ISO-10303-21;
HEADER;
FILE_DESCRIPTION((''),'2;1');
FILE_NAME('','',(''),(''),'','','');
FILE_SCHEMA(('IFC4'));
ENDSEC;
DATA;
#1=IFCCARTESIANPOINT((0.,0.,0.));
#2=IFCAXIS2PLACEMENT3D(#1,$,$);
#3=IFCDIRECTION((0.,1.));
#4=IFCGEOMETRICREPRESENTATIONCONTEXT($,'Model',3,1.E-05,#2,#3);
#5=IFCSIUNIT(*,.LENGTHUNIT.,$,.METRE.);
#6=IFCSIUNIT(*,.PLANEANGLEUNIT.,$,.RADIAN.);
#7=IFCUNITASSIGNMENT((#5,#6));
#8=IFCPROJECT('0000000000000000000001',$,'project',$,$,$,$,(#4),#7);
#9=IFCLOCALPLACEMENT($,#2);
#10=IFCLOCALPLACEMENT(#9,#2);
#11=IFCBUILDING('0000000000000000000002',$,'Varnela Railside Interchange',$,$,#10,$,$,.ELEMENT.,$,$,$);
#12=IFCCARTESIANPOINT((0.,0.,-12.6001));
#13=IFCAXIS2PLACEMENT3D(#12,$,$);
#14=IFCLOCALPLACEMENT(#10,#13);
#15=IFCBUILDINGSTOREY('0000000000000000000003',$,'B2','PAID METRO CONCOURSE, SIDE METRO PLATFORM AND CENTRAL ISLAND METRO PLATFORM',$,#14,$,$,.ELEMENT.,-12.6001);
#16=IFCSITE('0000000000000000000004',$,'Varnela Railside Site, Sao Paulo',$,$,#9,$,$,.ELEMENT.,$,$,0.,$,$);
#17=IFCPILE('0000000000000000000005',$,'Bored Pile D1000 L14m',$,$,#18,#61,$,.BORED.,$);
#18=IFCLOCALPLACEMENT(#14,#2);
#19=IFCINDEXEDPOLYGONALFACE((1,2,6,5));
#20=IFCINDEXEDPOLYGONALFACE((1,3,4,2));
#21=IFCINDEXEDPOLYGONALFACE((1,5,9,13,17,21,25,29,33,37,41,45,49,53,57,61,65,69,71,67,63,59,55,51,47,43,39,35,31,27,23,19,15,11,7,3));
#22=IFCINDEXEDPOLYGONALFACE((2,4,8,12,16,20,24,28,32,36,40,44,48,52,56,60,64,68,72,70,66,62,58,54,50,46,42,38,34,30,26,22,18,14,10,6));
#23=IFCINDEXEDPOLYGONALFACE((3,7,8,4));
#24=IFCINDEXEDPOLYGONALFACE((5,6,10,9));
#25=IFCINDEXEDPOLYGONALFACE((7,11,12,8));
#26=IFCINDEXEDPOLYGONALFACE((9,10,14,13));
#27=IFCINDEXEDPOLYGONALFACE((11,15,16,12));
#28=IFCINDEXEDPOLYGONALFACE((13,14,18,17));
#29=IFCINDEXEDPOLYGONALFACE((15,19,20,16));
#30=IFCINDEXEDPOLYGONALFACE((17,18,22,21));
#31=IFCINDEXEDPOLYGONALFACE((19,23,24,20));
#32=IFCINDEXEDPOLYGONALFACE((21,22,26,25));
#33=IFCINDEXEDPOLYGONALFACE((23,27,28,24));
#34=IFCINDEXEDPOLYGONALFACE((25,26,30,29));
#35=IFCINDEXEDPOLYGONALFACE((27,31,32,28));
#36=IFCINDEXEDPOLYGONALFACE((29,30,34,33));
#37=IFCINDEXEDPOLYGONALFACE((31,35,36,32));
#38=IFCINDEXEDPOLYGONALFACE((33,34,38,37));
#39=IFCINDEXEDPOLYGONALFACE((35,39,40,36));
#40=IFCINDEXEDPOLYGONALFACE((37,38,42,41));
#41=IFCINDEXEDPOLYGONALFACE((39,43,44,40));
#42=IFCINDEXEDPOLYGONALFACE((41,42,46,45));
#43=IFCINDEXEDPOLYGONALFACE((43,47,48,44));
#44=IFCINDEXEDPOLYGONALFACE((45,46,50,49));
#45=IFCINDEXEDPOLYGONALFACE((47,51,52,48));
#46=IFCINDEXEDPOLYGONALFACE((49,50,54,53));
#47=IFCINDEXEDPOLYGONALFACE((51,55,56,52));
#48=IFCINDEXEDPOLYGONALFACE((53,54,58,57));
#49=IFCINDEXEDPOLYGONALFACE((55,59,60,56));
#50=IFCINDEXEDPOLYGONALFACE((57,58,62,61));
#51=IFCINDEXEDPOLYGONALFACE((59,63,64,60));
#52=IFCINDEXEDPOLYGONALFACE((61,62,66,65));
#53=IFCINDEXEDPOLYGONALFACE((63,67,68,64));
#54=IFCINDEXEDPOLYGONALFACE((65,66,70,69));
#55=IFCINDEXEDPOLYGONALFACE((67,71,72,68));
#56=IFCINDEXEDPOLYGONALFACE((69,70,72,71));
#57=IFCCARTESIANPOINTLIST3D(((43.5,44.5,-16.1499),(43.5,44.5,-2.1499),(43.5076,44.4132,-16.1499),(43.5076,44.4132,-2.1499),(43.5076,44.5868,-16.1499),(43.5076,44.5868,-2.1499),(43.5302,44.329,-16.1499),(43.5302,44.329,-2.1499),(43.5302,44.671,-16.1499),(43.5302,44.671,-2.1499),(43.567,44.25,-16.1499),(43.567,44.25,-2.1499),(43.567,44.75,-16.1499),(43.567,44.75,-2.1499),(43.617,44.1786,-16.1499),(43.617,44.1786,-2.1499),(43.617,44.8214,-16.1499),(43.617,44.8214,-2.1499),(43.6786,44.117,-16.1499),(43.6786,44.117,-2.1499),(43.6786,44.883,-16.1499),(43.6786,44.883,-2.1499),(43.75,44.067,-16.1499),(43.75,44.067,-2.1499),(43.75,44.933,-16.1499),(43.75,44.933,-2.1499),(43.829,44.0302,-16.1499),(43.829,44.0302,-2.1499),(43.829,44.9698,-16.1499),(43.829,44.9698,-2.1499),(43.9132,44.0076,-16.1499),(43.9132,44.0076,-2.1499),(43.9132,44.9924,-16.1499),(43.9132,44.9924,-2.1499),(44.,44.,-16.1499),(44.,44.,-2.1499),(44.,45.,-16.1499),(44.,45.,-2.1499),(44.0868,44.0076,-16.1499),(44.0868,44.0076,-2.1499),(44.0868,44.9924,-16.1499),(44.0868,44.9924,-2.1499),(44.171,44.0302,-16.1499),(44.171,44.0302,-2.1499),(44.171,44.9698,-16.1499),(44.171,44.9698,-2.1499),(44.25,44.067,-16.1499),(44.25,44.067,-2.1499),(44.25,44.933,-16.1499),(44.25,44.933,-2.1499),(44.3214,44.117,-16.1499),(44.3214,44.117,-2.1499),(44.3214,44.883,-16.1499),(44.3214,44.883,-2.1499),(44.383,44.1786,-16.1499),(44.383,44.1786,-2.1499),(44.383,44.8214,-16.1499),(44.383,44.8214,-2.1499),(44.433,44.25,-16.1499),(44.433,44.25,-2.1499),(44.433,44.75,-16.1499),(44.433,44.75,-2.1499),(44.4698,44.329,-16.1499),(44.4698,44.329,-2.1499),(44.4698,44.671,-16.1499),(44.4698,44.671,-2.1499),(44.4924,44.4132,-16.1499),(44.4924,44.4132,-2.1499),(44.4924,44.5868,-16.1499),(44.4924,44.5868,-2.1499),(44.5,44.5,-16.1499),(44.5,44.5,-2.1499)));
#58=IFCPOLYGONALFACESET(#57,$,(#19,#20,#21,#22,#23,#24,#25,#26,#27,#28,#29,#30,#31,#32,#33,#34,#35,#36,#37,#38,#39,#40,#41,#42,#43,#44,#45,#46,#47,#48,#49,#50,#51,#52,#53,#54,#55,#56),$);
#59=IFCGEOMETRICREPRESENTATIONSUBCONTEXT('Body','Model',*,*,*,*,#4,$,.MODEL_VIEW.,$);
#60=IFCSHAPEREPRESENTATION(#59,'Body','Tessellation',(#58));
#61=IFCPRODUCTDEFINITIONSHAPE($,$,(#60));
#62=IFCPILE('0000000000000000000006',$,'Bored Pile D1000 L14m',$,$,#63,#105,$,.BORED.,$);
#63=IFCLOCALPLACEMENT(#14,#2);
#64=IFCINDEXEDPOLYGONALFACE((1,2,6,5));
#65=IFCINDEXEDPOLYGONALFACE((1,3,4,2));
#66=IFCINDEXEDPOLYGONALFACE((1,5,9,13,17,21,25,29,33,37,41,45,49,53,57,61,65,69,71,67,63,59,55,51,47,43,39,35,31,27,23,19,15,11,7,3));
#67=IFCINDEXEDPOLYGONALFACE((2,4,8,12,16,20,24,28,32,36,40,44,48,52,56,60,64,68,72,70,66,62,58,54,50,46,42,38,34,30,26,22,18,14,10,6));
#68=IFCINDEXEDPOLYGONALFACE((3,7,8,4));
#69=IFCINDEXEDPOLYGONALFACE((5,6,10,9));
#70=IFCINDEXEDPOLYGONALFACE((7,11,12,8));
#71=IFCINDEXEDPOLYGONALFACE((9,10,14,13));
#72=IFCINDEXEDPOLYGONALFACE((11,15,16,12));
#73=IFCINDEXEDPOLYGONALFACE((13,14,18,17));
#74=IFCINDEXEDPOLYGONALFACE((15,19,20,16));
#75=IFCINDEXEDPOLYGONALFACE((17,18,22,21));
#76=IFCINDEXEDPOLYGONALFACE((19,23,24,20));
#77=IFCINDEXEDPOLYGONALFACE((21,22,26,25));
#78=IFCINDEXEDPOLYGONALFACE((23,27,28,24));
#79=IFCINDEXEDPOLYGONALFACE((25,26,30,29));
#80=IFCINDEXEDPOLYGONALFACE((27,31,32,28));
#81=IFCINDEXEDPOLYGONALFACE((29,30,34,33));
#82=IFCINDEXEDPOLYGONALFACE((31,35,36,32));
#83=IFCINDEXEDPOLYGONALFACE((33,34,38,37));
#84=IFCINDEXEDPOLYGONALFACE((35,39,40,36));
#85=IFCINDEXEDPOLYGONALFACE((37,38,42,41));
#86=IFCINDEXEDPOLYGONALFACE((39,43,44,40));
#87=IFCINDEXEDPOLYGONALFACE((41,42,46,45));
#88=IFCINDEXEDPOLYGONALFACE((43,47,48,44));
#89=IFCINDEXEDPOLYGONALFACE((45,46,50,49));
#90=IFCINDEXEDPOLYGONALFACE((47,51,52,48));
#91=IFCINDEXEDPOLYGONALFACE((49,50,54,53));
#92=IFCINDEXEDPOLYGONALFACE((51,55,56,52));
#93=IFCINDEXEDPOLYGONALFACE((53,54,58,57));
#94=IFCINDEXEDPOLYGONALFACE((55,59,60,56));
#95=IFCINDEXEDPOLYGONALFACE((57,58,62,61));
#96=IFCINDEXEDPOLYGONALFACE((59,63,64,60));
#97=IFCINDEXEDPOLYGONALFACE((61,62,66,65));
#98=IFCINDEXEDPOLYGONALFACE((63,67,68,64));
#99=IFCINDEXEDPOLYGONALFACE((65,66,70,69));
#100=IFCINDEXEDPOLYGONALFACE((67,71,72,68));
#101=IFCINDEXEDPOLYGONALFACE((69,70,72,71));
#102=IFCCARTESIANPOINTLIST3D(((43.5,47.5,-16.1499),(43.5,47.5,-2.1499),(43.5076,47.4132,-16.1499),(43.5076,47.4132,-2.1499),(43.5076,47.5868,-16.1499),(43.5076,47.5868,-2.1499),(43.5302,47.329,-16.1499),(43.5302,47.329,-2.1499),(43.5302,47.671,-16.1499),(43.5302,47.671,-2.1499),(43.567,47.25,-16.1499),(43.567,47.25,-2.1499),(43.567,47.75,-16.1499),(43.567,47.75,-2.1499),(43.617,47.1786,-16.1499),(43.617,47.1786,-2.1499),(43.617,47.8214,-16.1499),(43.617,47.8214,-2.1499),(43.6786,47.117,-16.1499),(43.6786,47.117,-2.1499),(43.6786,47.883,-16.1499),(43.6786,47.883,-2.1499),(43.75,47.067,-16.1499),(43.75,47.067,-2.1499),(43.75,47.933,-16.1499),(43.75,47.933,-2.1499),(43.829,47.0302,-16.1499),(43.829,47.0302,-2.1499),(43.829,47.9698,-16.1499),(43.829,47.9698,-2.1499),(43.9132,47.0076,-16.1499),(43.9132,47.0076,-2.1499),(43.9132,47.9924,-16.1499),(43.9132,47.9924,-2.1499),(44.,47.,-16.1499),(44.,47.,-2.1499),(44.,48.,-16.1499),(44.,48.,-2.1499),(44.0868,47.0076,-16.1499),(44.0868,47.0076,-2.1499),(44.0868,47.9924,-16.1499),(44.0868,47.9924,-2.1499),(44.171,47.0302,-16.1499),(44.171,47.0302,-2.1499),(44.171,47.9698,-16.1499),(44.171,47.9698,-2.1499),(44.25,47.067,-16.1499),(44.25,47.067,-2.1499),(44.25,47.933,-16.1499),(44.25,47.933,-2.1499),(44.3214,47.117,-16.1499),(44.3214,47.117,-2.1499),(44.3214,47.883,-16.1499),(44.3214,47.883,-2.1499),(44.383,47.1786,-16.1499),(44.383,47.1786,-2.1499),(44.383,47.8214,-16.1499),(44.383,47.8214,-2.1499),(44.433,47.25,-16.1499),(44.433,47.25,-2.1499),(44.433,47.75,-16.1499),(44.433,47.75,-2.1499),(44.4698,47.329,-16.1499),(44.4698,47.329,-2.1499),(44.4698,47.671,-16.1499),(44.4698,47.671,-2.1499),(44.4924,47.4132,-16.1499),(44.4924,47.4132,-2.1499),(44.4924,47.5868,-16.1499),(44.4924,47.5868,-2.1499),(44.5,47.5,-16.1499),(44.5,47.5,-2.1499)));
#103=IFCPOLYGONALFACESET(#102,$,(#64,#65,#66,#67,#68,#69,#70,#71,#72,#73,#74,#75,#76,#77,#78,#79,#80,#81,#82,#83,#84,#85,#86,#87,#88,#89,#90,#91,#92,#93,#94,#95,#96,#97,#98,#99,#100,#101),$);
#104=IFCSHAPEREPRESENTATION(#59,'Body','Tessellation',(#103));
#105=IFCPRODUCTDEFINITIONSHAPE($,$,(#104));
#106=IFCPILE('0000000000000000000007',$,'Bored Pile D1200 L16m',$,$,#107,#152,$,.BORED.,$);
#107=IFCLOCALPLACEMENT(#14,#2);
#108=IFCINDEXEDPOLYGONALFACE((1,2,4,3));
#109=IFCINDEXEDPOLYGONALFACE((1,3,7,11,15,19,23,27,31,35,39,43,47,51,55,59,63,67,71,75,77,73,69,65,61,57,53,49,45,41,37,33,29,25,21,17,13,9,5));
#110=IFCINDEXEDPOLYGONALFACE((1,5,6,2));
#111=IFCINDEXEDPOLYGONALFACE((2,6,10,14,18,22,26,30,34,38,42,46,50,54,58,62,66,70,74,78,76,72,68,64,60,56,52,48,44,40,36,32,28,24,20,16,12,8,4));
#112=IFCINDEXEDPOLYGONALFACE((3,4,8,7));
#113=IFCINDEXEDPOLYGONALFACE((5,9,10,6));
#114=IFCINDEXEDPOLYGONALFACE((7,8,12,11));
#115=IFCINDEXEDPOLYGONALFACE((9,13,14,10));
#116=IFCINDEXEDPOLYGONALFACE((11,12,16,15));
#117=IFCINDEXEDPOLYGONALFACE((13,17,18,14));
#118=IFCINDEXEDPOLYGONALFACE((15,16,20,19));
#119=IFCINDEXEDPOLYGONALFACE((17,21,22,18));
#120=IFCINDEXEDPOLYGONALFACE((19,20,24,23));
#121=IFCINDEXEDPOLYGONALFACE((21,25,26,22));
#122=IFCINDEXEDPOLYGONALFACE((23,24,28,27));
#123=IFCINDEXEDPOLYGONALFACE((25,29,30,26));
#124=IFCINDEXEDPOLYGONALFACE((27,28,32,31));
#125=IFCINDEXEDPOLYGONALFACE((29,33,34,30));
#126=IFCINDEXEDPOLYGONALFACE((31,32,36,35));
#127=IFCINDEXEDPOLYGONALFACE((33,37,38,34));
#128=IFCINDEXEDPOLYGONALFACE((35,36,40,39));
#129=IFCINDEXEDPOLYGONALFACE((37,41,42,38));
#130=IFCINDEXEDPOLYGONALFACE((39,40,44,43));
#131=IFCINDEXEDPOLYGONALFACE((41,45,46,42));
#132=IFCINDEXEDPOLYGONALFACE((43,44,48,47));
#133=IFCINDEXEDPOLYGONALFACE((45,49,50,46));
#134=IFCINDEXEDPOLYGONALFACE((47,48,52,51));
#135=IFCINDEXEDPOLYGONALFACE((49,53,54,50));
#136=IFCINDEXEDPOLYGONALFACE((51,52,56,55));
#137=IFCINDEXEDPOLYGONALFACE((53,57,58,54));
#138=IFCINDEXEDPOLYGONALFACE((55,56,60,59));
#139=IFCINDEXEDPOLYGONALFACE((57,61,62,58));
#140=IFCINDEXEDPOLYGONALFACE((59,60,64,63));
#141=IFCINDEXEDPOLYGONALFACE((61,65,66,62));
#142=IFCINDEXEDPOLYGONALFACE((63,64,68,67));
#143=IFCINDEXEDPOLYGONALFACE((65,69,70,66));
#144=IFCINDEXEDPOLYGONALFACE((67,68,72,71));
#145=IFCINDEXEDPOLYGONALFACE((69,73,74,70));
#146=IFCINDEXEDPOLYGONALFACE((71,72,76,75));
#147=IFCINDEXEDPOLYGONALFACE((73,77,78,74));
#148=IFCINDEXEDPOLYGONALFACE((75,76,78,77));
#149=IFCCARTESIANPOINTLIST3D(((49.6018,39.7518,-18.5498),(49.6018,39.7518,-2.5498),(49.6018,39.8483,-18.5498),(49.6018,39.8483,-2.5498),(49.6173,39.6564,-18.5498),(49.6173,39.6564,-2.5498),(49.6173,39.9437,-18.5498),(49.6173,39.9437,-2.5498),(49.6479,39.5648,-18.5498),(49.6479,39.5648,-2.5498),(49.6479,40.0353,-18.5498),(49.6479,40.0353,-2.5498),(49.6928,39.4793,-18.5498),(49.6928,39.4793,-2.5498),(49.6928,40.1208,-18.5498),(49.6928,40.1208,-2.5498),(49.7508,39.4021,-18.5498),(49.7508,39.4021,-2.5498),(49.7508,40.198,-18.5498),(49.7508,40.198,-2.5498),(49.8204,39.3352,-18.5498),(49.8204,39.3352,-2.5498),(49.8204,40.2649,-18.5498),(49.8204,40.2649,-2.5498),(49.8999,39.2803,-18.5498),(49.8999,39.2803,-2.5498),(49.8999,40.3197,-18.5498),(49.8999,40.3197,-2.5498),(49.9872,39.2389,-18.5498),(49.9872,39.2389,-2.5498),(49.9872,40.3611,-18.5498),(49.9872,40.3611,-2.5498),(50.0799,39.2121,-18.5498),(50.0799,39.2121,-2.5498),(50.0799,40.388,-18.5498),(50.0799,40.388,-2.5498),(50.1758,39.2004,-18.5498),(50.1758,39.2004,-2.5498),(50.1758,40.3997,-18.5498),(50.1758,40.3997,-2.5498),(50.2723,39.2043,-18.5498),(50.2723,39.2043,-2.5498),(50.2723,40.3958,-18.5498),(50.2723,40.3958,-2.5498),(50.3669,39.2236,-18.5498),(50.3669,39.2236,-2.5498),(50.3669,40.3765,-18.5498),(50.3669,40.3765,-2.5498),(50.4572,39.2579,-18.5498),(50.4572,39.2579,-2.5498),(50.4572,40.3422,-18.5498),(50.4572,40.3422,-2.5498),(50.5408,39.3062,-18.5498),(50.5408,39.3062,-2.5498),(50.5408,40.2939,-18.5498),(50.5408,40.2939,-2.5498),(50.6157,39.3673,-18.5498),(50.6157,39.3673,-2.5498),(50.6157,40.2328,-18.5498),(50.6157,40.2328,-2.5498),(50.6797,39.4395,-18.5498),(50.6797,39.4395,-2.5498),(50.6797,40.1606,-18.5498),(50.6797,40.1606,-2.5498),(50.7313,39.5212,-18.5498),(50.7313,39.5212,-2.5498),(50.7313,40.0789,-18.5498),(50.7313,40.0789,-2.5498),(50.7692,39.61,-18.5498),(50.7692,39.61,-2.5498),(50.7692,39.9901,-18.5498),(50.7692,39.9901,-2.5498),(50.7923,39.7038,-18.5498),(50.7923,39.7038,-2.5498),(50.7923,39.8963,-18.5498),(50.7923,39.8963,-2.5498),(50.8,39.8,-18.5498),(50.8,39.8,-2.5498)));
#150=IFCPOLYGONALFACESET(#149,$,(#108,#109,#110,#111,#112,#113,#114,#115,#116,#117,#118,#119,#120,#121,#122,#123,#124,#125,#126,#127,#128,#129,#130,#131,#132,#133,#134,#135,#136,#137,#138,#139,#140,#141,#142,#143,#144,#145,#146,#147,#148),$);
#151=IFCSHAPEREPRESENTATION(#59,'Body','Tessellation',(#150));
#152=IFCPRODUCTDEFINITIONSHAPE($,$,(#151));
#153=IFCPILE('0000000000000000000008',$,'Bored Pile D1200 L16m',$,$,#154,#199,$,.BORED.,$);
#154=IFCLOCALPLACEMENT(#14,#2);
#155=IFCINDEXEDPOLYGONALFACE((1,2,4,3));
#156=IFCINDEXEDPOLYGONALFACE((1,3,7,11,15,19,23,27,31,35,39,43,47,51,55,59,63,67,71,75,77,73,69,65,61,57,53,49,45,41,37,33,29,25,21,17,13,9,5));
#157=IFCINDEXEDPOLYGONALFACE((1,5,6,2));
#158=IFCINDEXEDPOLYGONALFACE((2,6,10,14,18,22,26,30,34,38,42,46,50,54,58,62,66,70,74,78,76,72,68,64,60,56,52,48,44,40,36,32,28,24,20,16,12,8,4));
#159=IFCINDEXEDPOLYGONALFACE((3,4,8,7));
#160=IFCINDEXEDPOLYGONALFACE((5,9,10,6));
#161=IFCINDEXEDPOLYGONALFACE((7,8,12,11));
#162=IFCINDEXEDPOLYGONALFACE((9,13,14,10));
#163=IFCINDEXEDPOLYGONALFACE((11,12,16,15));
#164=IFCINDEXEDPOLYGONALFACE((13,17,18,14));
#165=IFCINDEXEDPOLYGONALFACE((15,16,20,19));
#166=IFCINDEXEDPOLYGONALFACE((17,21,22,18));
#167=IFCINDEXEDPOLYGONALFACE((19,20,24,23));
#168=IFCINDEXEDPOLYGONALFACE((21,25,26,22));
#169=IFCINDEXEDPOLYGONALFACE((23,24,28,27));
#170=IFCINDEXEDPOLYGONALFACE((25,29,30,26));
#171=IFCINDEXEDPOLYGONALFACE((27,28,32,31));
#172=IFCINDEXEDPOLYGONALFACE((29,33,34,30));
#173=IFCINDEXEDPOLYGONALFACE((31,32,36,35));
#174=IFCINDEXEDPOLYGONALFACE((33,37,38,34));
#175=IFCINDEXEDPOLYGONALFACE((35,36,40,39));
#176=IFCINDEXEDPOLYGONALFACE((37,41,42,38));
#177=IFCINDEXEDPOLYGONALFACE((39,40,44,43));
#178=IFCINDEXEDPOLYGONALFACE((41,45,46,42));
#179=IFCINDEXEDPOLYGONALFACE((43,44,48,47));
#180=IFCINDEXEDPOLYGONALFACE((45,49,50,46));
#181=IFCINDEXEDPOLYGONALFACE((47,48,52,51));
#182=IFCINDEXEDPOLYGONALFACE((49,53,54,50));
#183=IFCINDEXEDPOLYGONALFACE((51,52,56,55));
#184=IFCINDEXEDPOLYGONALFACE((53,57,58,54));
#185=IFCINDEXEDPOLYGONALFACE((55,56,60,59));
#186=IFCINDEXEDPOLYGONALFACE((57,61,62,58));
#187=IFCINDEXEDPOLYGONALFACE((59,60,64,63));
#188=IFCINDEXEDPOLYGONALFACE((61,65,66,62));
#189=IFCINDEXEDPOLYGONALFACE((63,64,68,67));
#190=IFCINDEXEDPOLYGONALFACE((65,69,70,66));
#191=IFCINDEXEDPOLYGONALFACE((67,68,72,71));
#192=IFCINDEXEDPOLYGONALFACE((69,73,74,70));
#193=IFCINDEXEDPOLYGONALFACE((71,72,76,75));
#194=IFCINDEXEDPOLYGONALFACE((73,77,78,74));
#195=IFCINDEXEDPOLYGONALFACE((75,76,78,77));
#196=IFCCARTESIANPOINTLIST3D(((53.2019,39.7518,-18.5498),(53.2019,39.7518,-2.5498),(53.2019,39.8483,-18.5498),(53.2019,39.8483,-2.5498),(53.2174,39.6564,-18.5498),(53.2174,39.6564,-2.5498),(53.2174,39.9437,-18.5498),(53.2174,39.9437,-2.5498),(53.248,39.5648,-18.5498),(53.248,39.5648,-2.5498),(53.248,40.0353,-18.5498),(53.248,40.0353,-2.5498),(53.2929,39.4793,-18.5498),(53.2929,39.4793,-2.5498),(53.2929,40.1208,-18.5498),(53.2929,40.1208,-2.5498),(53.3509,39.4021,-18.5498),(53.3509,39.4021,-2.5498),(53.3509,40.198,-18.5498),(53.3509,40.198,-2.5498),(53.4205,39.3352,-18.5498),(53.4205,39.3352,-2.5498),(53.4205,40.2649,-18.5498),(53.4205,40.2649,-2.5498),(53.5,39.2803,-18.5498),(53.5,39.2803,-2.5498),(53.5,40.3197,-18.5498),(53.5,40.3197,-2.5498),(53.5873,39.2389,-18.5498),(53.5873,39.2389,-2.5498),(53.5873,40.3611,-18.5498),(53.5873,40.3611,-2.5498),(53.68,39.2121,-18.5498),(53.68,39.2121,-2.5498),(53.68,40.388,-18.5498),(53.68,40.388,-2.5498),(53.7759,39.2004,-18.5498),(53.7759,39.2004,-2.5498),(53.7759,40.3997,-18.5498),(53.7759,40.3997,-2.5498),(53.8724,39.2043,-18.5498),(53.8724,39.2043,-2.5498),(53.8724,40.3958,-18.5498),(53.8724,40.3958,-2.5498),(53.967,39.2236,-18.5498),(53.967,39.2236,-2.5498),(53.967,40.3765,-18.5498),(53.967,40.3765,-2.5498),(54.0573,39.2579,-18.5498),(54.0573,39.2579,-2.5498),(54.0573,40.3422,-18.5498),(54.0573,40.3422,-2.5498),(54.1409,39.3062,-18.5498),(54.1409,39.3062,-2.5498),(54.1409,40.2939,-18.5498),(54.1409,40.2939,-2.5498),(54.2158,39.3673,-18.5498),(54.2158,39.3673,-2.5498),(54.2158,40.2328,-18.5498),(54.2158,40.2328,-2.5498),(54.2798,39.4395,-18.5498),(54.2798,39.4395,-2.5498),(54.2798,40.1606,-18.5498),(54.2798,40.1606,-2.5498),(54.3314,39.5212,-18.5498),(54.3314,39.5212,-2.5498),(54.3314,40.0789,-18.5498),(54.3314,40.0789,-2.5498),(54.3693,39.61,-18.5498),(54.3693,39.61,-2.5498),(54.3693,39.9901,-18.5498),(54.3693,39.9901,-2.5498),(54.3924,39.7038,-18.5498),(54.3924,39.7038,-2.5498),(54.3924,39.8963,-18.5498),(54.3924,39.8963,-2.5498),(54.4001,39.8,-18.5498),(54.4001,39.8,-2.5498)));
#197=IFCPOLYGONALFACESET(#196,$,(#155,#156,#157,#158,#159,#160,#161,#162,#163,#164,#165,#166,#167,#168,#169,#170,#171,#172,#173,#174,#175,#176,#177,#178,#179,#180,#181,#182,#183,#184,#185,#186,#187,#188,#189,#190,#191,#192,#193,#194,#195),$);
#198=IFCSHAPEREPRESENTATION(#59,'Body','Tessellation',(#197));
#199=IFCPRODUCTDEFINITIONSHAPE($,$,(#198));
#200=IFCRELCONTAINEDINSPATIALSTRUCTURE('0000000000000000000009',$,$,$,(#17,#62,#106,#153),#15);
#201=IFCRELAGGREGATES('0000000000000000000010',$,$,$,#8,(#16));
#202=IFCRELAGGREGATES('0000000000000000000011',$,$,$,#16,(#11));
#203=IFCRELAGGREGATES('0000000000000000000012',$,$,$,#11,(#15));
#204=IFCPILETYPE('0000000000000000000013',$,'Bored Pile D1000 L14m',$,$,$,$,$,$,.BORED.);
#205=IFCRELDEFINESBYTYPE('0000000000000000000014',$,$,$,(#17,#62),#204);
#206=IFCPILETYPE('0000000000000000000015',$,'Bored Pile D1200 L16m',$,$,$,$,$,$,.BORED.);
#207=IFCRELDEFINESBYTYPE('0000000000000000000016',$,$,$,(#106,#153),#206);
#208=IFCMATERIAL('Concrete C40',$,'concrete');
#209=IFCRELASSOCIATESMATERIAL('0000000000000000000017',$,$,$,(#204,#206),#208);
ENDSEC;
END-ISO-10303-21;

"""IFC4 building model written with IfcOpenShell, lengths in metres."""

from ifc_helpers import new_model, si_unit, direction, frame, origin, origin_2d, place, context, subcontext, project, spatial, circle, extrude, material, material_profile, profile_set, type_object, element, save


model = new_model("IFC4")

# Units and contexts
model_context = context("Model", 3, precision=1e-05, world=origin(), true_north=direction((0.0, 1.0)))
body_context = subcontext(model_context, "Body", "Model", "MODEL_VIEW")
ifc_project = project(units=[si_unit("LENGTHUNIT", "METRE"), si_unit("PLANEANGLEUNIT", "RADIAN")], contexts=[model_context])

# Site, building, storey
site_placement = place(None, origin())
site = spatial("IfcSite", under=ifc_project, at=site_placement, Name="Varnela Railside Site, Sao Paulo", CompositionType="ELEMENT", RefElevation=0.0)
building_placement = place(site_placement, origin())
building = spatial("IfcBuilding", under=site, at=building_placement, Name="Varnela Railside Interchange", CompositionType="ELEMENT")
storey_placement = place(building_placement, frame((0.0, 0.0, -12.6001)))
storey = spatial("IfcBuildingStorey", under=building, at=storey_placement, Name="B2", Description="PAID METRO CONCOURSE, SIDE METRO PLATFORM AND CENTRAL ISLAND METRO PLATFORM", CompositionType="ELEMENT", Elevation=-12.6001)

# Piles
ifc_material_1 = material(Name="Concrete C40", Category="concrete")
ifc_material_profile_1 = material_profile(ifc_material_1, circle(Radius=0.5, at=origin_2d()), Name="BORED PILE D1000")
ifc_profile_set_1 = profile_set([ifc_material_profile_1], Name="Concrete C40")
pile_type_1 = type_object("IfcPileType", Name="Bored Pile D1000 L14m", PredefinedType="BORED", material=ifc_profile_set_1)
for number, where, z_axis, x_axis, name in (
    (1, (44.0, 44.5, -2.1499), (0.0, 0.0, -1.0), (1.0, 0.0, 0.0), "Bored Pile D1000 L14m"),
    (2, (44.0, 47.5, -2.1499), (0.0, 0.0, -1.0), (1.0, 0.0, 0.0), "Bored Pile D1000 L14m"),
):
    element("IfcPile", number, at=place(storey_placement, frame(where, z_axis=z_axis, x_axis=x_axis)), inside=storey, type_object=pile_type_1, Name=name, PredefinedType="BORED", context=body_context, shape_type="SweptSolid", body=[
        extrude(circle(Radius=0.5, at=origin_2d()), origin(), (0.0, 0.0, 1.0), 14.0),
    ])
ifc_material_profile_2 = material_profile(ifc_material_1, circle(Radius=0.6001, at=origin_2d()), Name="BORED PILE D1200")
ifc_profile_set_2 = profile_set([ifc_material_profile_2], Name="Concrete C40")
pile_type_2 = type_object("IfcPileType", Name="Bored Pile D1200 L16m", PredefinedType="BORED", material=ifc_profile_set_2)
for number, where, z_axis, x_axis, name in (
    (3, (50.2, 39.8, -2.5498), (0.0, 0.0, -1.0), (1.0, 0.0, 0.0), "Bored Pile D1200 L16m"),
    (4, (53.8, 39.8, -2.5498), (0.0, 0.0, -1.0), (1.0, 0.0, 0.0), "Bored Pile D1200 L16m"),
):
    element("IfcPile", number, at=place(storey_placement, frame(where, z_axis=z_axis, x_axis=x_axis)), inside=storey, type_object=pile_type_2, Name=name, PredefinedType="BORED", context=body_context, shape_type="SweptSolid", body=[
        extrude(circle(Radius=0.6001, at=origin_2d()), origin(), (0.0, 0.0, 1.0), 16.0),
    ])

save(model, "model.ifc")
